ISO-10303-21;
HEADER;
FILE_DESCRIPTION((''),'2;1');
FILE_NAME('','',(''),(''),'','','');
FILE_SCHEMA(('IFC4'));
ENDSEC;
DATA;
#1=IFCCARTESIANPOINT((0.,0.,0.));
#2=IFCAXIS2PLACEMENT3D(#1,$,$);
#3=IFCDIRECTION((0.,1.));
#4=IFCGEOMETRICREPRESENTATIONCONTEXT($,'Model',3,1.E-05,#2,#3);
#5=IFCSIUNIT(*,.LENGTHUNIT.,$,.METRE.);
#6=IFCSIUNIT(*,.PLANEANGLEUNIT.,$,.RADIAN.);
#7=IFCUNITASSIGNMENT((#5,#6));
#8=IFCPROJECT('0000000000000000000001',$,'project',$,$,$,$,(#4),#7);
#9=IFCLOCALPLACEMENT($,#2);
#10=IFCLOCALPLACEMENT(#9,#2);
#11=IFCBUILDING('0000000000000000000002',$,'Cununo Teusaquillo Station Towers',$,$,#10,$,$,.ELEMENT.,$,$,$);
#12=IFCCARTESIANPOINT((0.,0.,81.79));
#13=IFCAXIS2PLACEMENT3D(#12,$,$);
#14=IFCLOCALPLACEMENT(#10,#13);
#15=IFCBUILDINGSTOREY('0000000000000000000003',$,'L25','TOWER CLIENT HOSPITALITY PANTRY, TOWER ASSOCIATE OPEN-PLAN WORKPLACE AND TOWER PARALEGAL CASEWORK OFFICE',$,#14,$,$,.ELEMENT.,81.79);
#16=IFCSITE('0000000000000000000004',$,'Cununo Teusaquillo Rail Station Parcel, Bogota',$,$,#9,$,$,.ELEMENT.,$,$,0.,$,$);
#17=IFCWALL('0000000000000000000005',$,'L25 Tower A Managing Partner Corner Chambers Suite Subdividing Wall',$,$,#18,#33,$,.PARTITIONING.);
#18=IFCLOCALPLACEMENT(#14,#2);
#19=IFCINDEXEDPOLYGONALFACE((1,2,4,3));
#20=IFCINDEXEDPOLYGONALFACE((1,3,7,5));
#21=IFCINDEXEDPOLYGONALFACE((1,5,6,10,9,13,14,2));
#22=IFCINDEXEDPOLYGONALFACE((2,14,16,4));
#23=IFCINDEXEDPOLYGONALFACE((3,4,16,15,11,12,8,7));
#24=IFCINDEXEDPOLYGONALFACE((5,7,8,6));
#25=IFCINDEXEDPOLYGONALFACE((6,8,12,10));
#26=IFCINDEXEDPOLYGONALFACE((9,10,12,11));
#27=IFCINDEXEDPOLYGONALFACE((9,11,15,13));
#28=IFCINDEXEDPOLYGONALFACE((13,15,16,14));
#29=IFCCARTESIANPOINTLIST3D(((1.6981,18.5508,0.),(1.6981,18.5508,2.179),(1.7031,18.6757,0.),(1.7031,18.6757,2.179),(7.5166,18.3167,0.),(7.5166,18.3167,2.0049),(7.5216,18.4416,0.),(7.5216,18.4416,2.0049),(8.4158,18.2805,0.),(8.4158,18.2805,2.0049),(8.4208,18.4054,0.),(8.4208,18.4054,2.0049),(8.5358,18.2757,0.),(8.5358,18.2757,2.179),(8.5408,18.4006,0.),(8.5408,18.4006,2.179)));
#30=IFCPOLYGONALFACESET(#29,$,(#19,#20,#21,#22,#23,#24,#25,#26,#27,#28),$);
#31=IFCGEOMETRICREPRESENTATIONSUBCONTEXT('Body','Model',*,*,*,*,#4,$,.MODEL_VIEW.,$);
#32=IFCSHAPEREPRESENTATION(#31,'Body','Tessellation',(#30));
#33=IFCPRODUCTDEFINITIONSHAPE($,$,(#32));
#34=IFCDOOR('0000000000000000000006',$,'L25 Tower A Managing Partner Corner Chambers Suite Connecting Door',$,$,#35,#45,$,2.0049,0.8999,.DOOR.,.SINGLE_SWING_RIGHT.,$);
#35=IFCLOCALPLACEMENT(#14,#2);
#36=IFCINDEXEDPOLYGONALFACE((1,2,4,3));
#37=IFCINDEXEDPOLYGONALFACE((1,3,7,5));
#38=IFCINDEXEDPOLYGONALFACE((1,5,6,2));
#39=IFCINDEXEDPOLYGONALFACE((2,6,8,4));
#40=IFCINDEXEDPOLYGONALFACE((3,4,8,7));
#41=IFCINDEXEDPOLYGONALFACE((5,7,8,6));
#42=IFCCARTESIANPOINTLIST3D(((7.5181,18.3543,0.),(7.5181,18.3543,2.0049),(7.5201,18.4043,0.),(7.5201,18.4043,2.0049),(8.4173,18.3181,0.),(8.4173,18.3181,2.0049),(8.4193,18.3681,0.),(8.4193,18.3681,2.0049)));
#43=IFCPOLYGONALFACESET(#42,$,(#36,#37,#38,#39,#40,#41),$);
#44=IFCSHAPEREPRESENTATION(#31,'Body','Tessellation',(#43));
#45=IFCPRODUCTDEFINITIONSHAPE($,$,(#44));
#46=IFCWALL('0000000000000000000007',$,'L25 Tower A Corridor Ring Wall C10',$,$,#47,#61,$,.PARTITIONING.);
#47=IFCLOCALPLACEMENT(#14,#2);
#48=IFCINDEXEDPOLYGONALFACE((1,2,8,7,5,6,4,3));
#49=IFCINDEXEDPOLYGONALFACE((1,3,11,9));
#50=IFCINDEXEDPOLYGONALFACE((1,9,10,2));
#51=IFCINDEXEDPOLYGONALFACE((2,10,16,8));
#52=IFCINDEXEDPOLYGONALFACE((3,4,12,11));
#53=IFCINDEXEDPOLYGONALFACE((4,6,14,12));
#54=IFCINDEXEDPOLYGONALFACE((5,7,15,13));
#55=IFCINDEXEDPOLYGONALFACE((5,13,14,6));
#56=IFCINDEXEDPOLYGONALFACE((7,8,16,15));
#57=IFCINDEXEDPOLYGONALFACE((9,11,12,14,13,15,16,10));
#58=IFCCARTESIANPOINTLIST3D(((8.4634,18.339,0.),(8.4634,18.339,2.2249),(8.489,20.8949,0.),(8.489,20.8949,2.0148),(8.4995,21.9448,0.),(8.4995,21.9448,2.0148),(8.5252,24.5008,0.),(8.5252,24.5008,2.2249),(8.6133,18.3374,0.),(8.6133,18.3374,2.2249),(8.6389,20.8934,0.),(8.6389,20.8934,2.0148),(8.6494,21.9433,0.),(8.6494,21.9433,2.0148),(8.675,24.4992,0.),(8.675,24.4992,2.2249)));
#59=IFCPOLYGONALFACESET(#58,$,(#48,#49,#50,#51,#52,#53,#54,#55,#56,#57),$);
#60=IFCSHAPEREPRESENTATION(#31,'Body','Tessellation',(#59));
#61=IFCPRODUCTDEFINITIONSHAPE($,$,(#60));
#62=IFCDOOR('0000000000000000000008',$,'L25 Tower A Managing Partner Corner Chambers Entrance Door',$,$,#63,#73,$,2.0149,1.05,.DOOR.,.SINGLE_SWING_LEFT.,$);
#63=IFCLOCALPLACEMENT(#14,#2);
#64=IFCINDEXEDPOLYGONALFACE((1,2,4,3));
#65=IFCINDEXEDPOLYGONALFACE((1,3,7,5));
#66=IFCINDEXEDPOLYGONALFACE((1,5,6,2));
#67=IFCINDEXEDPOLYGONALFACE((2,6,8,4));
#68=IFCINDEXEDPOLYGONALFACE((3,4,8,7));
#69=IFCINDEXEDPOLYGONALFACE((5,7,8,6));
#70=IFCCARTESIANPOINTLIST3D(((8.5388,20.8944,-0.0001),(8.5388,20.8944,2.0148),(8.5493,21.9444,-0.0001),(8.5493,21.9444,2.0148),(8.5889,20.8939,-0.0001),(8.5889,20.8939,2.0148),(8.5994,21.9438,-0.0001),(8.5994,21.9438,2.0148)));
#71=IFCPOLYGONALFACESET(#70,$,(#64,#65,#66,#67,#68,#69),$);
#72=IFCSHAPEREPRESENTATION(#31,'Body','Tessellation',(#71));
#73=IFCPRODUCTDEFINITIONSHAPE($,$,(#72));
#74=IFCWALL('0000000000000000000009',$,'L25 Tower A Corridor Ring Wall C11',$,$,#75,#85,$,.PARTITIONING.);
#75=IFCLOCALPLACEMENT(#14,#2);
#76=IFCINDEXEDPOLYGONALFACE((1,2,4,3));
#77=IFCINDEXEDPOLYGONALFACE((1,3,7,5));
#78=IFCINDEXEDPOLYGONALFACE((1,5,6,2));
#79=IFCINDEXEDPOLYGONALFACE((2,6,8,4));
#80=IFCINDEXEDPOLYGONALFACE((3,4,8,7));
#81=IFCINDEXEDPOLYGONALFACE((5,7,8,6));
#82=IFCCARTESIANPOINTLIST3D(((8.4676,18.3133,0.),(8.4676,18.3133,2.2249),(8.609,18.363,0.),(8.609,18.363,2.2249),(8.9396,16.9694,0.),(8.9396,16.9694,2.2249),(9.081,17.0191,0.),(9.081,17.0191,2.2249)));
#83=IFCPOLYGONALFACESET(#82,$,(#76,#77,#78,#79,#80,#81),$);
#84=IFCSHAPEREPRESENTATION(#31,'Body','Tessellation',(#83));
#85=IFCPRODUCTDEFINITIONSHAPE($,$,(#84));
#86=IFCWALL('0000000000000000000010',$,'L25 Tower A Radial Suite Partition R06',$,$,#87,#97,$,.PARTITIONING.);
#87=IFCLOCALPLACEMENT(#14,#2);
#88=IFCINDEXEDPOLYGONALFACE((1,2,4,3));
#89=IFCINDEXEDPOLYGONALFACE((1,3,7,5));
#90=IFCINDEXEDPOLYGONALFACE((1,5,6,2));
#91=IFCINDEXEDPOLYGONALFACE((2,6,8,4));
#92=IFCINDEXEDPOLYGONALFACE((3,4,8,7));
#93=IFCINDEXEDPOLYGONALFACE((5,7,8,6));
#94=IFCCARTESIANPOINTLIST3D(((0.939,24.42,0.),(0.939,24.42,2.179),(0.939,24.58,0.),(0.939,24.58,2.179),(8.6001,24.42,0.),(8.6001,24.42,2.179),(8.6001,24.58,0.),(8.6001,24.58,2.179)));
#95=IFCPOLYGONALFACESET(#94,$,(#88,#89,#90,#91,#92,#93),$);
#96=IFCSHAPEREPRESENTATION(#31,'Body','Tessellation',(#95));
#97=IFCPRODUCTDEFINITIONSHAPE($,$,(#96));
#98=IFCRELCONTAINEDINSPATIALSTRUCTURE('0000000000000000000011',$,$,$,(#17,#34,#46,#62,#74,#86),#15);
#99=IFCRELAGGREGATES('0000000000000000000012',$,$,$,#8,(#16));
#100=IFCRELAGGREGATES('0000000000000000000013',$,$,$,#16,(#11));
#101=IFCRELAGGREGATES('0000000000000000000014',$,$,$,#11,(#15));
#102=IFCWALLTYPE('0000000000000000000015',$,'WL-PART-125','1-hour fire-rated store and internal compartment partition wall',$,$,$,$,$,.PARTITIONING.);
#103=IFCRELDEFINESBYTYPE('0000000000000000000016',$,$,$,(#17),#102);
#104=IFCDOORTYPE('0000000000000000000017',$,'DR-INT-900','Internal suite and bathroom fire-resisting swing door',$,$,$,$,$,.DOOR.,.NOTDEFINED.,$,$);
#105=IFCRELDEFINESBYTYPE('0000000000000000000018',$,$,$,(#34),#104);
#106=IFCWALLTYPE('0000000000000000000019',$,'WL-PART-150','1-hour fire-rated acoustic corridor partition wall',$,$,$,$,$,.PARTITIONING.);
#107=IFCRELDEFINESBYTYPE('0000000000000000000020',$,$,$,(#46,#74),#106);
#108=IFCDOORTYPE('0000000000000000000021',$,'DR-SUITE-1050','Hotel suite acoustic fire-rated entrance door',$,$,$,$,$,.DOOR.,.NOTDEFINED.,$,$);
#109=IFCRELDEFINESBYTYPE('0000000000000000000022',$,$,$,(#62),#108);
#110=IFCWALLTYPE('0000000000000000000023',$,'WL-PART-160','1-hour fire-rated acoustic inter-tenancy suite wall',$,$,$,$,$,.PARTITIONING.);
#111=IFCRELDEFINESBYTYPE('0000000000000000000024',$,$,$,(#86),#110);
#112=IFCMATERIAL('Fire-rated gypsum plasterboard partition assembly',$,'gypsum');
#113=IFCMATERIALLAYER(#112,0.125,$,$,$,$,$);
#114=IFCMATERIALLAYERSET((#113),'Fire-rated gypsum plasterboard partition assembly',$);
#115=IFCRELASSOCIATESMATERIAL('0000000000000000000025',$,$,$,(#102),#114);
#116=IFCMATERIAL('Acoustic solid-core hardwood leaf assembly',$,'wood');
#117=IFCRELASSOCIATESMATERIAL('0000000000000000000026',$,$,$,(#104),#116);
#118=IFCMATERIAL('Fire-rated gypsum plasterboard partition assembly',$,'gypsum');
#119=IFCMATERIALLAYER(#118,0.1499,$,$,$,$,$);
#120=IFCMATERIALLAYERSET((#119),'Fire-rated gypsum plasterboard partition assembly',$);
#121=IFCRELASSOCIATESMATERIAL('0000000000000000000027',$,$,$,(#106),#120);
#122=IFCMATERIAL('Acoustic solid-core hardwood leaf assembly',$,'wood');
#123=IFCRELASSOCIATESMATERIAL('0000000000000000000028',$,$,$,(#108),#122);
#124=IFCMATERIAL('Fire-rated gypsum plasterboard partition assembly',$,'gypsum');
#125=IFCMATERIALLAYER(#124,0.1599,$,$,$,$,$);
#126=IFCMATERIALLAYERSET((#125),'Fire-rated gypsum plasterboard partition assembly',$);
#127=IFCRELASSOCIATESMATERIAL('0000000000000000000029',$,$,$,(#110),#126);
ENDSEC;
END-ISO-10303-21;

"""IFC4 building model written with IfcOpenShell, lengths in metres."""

from ifc_helpers import new_model, si_unit, direction, frame, frame_2d, origin, place, context, subcontext, project, spatial, rectangle, extrude, source, transform, mapped, material, layer, layer_set, type_object, element, fill, save


model = new_model("IFC4")

# Units and contexts
model_context = context("Model", 3, precision=1e-05, world=origin(), true_north=direction((0.0, 1.0)))
body_context = subcontext(model_context, "Body", "Model", "MODEL_VIEW")
ifc_project = project(units=[si_unit("LENGTHUNIT", "METRE"), si_unit("PLANEANGLEUNIT", "RADIAN")], contexts=[model_context])

# Site, building, storey
site_placement = place(None, origin())
site = spatial("IfcSite", under=ifc_project, at=site_placement, Name="Cununo Teusaquillo Rail Station Parcel, Bogota", CompositionType="ELEMENT", RefElevation=0.0)
building_placement = place(site_placement, origin())
building = spatial("IfcBuilding", under=site, at=building_placement, Name="Cununo Teusaquillo Station Towers", CompositionType="ELEMENT")
storey_placement = place(building_placement, frame((0.0, 0.0, 81.79)))
storey = spatial("IfcBuildingStorey", under=building, at=storey_placement, Name="L25", Description="TOWER CLIENT HOSPITALITY PANTRY, TOWER ASSOCIATE OPEN-PLAN WORKPLACE AND TOWER PARALEGAL CASEWORK OFFICE", CompositionType="ELEMENT", Elevation=81.79)

# Walls, openings, doors
ifc_material_1 = material(Name="Fire-rated gypsum plasterboard partition assembly", Category="gypsum")
ifc_layer_1 = layer(ifc_material_1, 0.125)
ifc_layer_set_1 = layer_set([ifc_layer_1], Name="Fire-rated gypsum plasterboard partition assembly")
wall_type_1 = type_object("IfcWallType", Name="WL-PART-125", Description="1-hour fire-rated store and internal compartment partition wall", PredefinedType="PARTITIONING", material=ifc_layer_set_1)
wall_1_placement = place(storey_placement, frame((8.5383, 18.3381, 0.0), z_axis=(0.0, 0.0, 1.0), x_axis=(-0.999191, 0.040207, 0.0)))
wall_1 = element("IfcWall", 1, at=wall_1_placement, inside=storey, type_object=wall_type_1, Name="L25 Tower A Managing Partner Corner Chambers Suite Subdividing Wall", PredefinedType="PARTITIONING", context=body_context, shape_type="SweptSolid", body=[
    extrude(rectangle(XDim=6.8433, YDim=0.125, at=frame_2d((3.4216, 0.0))), origin(), (0.0, 0.0, 1.0), 2.179),
])
shared_shape_1 = source(origin(), body_context, "Body", "SweptSolid", [
    extrude(rectangle(XDim=0.8999, YDim=2.0049, at=frame_2d((0.45, 1.0024))), frame((0.0, 0.0725, 0.0), z_axis=(0.0, -1.0, 0.0), x_axis=(1.0, 0.0, 0.0)), (0.0, 0.0, 1.0), 0.145),
])
opening_1_placement = place(wall_1_placement, frame((0.1201, 0.0, 0.0)))
opening_1 = element("IfcOpeningElement", 2, at=opening_1_placement, cuts=wall_1, PredefinedType="OPENING", context=body_context, shape_type="MappedRepresentation", body=[
    mapped(shared_shape_1, transform((0.0, 0.0, 0.0), x_axis=(1.0, 0.0, 0.0), y_axis=(0.0, 1.0, 0.0), z_axis=(0.0, 0.0, 1.0), scale=1.0)),
])
ifc_material_2 = material(Name="Acoustic solid-core hardwood leaf assembly", Category="wood")
door_type_1 = type_object("IfcDoorType", Name="DR-INT-900", Description="Internal suite and bathroom fire-resisting swing door", OperationType="NOTDEFINED", PredefinedType="DOOR", material=ifc_material_2)
shared_shape_2 = source(origin(), body_context, "Body", "SweptSolid", [
    extrude(rectangle(XDim=0.8999, YDim=2.0049, at=frame_2d((0.45, 1.0024))), frame((0.0, 0.0249, 0.0), z_axis=(0.0, -1.0, 0.0), x_axis=(1.0, 0.0, 0.0)), (0.0, 0.0, 1.0), 0.05),
])
door_1_placement = place(opening_1_placement, origin())
door_1 = element("IfcDoor", 3, at=door_1_placement, inside=storey, type_object=door_type_1, Name="L25 Tower A Managing Partner Corner Chambers Suite Connecting Door", OperationType="SINGLE_SWING_RIGHT", OverallHeight=2.0049, OverallWidth=0.8999, PredefinedType="DOOR", context=body_context, shape_type="MappedRepresentation", body=[
    mapped(shared_shape_2, transform((0.0, 0.0, 0.0), x_axis=(1.0, 0.0, 0.0), y_axis=(0.0, 1.0, 0.0), z_axis=(0.0, 0.0, 1.0), scale=1.0)),
])
fill(opening_1, door_1)
ifc_material_3 = material(Name="Fire-rated gypsum plasterboard partition assembly", Category="gypsum")
ifc_layer_2 = layer(ifc_material_3, 0.1499)
ifc_layer_set_2 = layer_set([ifc_layer_2], Name="Fire-rated gypsum plasterboard partition assembly")
wall_type_2 = type_object("IfcWallType", Name="WL-PART-150", Description="1-hour fire-rated acoustic corridor partition wall", PredefinedType="PARTITIONING", material=ifc_layer_set_2)
wall_2_placement = place(storey_placement, frame((8.6001, 24.5, 0.0), z_axis=(0.0, 0.0, 1.0), x_axis=(-0.010024, -0.99995, 0.0)))
wall_2 = element("IfcWall", 4, at=wall_2_placement, inside=storey, type_object=wall_type_2, Name="L25 Tower A Corridor Ring Wall C10", PredefinedType="PARTITIONING", context=body_context, shape_type="SweptSolid", body=[
    extrude(rectangle(XDim=6.1621, YDim=0.1499, at=frame_2d((3.0811, 0.0))), origin(), (0.0, 0.0, 1.0), 2.2249),
])
shared_shape_3 = source(origin(), body_context, "Body", "SweptSolid", [
    extrude(rectangle(XDim=1.05, YDim=2.0149, at=frame_2d((0.5249, 1.0073))), frame((0.0, 0.085, 0.0), z_axis=(0.0, -1.0, 0.0), x_axis=(1.0, 0.0, 0.0)), (0.0, 0.0, 1.0), 0.1699),
])
opening_2_placement = place(wall_2_placement, frame((2.5562, 0.0, 0.0)))
opening_2 = element("IfcOpeningElement", 5, at=opening_2_placement, cuts=wall_2, PredefinedType="OPENING", context=body_context, shape_type="MappedRepresentation", body=[
    mapped(shared_shape_3, transform((0.0, 0.0, 0.0), x_axis=(1.0, 0.0, 0.0), y_axis=(0.0, 1.0, 0.0), z_axis=(0.0, 0.0, 1.0), scale=1.0)),
])
ifc_material_4 = material(Name="Acoustic solid-core hardwood leaf assembly", Category="wood")
door_type_2 = type_object("IfcDoorType", Name="DR-SUITE-1050", Description="Hotel suite acoustic fire-rated entrance door", OperationType="NOTDEFINED", PredefinedType="DOOR", material=ifc_material_4)
shared_shape_4 = source(origin(), body_context, "Body", "SweptSolid", [
    extrude(rectangle(XDim=1.05, YDim=2.0149, at=frame_2d((0.5249, 1.0073))), frame((0.0, 0.0249, 0.0), z_axis=(0.0, -1.0, 0.0), x_axis=(1.0, 0.0, 0.0)), (0.0, 0.0, 1.0), 0.05),
])
door_2_placement = place(opening_2_placement, origin())
door_2 = element("IfcDoor", 6, at=door_2_placement, inside=storey, type_object=door_type_2, Name="L25 Tower A Managing Partner Corner Chambers Entrance Door", OperationType="SINGLE_SWING_LEFT", OverallHeight=2.0149, OverallWidth=1.05, PredefinedType="DOOR", context=body_context, shape_type="MappedRepresentation", body=[
    mapped(shared_shape_4, transform((0.0, 0.0, 0.0), x_axis=(1.0, 0.0, 0.0), y_axis=(0.0, 1.0, 0.0), z_axis=(0.0, 0.0, 1.0), scale=1.0)),
])
fill(opening_2, door_2)

# Walls
wall_3_placement = place(storey_placement, frame((8.5383, 18.3381, 0.0), z_axis=(0.0, 0.0, 1.0), x_axis=(0.331358, -0.943505, 0.0)))
element("IfcWall", 7, at=wall_3_placement, inside=storey, type_object=wall_type_2, Name="L25 Tower A Corridor Ring Wall C11", PredefinedType="PARTITIONING", context=body_context, shape_type="SweptSolid", body=[
    extrude(rectangle(XDim=1.4243, YDim=0.1499, at=frame_2d((0.7122, 0.0))), origin(), (0.0, 0.0, 1.0), 2.2249),
])
ifc_material_5 = material(Name="Fire-rated gypsum plasterboard partition assembly", Category="gypsum")
ifc_layer_3 = layer(ifc_material_5, 0.1599)
ifc_layer_set_3 = layer_set([ifc_layer_3], Name="Fire-rated gypsum plasterboard partition assembly")
wall_type_3 = type_object("IfcWallType", Name="WL-PART-160", Description="1-hour fire-rated acoustic inter-tenancy suite wall", PredefinedType="PARTITIONING", material=ifc_layer_set_3)
wall_4_placement = place(storey_placement, frame((8.6001, 24.5, 0.0), z_axis=(0.0, 0.0, 1.0), x_axis=(-1.0, 0.0, 0.0)))
element("IfcWall", 8, at=wall_4_placement, inside=storey, type_object=wall_type_3, Name="L25 Tower A Radial Suite Partition R06", PredefinedType="PARTITIONING", context=body_context, shape_type="SweptSolid", body=[
    extrude(rectangle(XDim=7.6611, YDim=0.1599, at=frame_2d((3.8306, 0.0))), origin(), (0.0, 0.0, 1.0), 2.179),
])

save(model, "model.ifc")
